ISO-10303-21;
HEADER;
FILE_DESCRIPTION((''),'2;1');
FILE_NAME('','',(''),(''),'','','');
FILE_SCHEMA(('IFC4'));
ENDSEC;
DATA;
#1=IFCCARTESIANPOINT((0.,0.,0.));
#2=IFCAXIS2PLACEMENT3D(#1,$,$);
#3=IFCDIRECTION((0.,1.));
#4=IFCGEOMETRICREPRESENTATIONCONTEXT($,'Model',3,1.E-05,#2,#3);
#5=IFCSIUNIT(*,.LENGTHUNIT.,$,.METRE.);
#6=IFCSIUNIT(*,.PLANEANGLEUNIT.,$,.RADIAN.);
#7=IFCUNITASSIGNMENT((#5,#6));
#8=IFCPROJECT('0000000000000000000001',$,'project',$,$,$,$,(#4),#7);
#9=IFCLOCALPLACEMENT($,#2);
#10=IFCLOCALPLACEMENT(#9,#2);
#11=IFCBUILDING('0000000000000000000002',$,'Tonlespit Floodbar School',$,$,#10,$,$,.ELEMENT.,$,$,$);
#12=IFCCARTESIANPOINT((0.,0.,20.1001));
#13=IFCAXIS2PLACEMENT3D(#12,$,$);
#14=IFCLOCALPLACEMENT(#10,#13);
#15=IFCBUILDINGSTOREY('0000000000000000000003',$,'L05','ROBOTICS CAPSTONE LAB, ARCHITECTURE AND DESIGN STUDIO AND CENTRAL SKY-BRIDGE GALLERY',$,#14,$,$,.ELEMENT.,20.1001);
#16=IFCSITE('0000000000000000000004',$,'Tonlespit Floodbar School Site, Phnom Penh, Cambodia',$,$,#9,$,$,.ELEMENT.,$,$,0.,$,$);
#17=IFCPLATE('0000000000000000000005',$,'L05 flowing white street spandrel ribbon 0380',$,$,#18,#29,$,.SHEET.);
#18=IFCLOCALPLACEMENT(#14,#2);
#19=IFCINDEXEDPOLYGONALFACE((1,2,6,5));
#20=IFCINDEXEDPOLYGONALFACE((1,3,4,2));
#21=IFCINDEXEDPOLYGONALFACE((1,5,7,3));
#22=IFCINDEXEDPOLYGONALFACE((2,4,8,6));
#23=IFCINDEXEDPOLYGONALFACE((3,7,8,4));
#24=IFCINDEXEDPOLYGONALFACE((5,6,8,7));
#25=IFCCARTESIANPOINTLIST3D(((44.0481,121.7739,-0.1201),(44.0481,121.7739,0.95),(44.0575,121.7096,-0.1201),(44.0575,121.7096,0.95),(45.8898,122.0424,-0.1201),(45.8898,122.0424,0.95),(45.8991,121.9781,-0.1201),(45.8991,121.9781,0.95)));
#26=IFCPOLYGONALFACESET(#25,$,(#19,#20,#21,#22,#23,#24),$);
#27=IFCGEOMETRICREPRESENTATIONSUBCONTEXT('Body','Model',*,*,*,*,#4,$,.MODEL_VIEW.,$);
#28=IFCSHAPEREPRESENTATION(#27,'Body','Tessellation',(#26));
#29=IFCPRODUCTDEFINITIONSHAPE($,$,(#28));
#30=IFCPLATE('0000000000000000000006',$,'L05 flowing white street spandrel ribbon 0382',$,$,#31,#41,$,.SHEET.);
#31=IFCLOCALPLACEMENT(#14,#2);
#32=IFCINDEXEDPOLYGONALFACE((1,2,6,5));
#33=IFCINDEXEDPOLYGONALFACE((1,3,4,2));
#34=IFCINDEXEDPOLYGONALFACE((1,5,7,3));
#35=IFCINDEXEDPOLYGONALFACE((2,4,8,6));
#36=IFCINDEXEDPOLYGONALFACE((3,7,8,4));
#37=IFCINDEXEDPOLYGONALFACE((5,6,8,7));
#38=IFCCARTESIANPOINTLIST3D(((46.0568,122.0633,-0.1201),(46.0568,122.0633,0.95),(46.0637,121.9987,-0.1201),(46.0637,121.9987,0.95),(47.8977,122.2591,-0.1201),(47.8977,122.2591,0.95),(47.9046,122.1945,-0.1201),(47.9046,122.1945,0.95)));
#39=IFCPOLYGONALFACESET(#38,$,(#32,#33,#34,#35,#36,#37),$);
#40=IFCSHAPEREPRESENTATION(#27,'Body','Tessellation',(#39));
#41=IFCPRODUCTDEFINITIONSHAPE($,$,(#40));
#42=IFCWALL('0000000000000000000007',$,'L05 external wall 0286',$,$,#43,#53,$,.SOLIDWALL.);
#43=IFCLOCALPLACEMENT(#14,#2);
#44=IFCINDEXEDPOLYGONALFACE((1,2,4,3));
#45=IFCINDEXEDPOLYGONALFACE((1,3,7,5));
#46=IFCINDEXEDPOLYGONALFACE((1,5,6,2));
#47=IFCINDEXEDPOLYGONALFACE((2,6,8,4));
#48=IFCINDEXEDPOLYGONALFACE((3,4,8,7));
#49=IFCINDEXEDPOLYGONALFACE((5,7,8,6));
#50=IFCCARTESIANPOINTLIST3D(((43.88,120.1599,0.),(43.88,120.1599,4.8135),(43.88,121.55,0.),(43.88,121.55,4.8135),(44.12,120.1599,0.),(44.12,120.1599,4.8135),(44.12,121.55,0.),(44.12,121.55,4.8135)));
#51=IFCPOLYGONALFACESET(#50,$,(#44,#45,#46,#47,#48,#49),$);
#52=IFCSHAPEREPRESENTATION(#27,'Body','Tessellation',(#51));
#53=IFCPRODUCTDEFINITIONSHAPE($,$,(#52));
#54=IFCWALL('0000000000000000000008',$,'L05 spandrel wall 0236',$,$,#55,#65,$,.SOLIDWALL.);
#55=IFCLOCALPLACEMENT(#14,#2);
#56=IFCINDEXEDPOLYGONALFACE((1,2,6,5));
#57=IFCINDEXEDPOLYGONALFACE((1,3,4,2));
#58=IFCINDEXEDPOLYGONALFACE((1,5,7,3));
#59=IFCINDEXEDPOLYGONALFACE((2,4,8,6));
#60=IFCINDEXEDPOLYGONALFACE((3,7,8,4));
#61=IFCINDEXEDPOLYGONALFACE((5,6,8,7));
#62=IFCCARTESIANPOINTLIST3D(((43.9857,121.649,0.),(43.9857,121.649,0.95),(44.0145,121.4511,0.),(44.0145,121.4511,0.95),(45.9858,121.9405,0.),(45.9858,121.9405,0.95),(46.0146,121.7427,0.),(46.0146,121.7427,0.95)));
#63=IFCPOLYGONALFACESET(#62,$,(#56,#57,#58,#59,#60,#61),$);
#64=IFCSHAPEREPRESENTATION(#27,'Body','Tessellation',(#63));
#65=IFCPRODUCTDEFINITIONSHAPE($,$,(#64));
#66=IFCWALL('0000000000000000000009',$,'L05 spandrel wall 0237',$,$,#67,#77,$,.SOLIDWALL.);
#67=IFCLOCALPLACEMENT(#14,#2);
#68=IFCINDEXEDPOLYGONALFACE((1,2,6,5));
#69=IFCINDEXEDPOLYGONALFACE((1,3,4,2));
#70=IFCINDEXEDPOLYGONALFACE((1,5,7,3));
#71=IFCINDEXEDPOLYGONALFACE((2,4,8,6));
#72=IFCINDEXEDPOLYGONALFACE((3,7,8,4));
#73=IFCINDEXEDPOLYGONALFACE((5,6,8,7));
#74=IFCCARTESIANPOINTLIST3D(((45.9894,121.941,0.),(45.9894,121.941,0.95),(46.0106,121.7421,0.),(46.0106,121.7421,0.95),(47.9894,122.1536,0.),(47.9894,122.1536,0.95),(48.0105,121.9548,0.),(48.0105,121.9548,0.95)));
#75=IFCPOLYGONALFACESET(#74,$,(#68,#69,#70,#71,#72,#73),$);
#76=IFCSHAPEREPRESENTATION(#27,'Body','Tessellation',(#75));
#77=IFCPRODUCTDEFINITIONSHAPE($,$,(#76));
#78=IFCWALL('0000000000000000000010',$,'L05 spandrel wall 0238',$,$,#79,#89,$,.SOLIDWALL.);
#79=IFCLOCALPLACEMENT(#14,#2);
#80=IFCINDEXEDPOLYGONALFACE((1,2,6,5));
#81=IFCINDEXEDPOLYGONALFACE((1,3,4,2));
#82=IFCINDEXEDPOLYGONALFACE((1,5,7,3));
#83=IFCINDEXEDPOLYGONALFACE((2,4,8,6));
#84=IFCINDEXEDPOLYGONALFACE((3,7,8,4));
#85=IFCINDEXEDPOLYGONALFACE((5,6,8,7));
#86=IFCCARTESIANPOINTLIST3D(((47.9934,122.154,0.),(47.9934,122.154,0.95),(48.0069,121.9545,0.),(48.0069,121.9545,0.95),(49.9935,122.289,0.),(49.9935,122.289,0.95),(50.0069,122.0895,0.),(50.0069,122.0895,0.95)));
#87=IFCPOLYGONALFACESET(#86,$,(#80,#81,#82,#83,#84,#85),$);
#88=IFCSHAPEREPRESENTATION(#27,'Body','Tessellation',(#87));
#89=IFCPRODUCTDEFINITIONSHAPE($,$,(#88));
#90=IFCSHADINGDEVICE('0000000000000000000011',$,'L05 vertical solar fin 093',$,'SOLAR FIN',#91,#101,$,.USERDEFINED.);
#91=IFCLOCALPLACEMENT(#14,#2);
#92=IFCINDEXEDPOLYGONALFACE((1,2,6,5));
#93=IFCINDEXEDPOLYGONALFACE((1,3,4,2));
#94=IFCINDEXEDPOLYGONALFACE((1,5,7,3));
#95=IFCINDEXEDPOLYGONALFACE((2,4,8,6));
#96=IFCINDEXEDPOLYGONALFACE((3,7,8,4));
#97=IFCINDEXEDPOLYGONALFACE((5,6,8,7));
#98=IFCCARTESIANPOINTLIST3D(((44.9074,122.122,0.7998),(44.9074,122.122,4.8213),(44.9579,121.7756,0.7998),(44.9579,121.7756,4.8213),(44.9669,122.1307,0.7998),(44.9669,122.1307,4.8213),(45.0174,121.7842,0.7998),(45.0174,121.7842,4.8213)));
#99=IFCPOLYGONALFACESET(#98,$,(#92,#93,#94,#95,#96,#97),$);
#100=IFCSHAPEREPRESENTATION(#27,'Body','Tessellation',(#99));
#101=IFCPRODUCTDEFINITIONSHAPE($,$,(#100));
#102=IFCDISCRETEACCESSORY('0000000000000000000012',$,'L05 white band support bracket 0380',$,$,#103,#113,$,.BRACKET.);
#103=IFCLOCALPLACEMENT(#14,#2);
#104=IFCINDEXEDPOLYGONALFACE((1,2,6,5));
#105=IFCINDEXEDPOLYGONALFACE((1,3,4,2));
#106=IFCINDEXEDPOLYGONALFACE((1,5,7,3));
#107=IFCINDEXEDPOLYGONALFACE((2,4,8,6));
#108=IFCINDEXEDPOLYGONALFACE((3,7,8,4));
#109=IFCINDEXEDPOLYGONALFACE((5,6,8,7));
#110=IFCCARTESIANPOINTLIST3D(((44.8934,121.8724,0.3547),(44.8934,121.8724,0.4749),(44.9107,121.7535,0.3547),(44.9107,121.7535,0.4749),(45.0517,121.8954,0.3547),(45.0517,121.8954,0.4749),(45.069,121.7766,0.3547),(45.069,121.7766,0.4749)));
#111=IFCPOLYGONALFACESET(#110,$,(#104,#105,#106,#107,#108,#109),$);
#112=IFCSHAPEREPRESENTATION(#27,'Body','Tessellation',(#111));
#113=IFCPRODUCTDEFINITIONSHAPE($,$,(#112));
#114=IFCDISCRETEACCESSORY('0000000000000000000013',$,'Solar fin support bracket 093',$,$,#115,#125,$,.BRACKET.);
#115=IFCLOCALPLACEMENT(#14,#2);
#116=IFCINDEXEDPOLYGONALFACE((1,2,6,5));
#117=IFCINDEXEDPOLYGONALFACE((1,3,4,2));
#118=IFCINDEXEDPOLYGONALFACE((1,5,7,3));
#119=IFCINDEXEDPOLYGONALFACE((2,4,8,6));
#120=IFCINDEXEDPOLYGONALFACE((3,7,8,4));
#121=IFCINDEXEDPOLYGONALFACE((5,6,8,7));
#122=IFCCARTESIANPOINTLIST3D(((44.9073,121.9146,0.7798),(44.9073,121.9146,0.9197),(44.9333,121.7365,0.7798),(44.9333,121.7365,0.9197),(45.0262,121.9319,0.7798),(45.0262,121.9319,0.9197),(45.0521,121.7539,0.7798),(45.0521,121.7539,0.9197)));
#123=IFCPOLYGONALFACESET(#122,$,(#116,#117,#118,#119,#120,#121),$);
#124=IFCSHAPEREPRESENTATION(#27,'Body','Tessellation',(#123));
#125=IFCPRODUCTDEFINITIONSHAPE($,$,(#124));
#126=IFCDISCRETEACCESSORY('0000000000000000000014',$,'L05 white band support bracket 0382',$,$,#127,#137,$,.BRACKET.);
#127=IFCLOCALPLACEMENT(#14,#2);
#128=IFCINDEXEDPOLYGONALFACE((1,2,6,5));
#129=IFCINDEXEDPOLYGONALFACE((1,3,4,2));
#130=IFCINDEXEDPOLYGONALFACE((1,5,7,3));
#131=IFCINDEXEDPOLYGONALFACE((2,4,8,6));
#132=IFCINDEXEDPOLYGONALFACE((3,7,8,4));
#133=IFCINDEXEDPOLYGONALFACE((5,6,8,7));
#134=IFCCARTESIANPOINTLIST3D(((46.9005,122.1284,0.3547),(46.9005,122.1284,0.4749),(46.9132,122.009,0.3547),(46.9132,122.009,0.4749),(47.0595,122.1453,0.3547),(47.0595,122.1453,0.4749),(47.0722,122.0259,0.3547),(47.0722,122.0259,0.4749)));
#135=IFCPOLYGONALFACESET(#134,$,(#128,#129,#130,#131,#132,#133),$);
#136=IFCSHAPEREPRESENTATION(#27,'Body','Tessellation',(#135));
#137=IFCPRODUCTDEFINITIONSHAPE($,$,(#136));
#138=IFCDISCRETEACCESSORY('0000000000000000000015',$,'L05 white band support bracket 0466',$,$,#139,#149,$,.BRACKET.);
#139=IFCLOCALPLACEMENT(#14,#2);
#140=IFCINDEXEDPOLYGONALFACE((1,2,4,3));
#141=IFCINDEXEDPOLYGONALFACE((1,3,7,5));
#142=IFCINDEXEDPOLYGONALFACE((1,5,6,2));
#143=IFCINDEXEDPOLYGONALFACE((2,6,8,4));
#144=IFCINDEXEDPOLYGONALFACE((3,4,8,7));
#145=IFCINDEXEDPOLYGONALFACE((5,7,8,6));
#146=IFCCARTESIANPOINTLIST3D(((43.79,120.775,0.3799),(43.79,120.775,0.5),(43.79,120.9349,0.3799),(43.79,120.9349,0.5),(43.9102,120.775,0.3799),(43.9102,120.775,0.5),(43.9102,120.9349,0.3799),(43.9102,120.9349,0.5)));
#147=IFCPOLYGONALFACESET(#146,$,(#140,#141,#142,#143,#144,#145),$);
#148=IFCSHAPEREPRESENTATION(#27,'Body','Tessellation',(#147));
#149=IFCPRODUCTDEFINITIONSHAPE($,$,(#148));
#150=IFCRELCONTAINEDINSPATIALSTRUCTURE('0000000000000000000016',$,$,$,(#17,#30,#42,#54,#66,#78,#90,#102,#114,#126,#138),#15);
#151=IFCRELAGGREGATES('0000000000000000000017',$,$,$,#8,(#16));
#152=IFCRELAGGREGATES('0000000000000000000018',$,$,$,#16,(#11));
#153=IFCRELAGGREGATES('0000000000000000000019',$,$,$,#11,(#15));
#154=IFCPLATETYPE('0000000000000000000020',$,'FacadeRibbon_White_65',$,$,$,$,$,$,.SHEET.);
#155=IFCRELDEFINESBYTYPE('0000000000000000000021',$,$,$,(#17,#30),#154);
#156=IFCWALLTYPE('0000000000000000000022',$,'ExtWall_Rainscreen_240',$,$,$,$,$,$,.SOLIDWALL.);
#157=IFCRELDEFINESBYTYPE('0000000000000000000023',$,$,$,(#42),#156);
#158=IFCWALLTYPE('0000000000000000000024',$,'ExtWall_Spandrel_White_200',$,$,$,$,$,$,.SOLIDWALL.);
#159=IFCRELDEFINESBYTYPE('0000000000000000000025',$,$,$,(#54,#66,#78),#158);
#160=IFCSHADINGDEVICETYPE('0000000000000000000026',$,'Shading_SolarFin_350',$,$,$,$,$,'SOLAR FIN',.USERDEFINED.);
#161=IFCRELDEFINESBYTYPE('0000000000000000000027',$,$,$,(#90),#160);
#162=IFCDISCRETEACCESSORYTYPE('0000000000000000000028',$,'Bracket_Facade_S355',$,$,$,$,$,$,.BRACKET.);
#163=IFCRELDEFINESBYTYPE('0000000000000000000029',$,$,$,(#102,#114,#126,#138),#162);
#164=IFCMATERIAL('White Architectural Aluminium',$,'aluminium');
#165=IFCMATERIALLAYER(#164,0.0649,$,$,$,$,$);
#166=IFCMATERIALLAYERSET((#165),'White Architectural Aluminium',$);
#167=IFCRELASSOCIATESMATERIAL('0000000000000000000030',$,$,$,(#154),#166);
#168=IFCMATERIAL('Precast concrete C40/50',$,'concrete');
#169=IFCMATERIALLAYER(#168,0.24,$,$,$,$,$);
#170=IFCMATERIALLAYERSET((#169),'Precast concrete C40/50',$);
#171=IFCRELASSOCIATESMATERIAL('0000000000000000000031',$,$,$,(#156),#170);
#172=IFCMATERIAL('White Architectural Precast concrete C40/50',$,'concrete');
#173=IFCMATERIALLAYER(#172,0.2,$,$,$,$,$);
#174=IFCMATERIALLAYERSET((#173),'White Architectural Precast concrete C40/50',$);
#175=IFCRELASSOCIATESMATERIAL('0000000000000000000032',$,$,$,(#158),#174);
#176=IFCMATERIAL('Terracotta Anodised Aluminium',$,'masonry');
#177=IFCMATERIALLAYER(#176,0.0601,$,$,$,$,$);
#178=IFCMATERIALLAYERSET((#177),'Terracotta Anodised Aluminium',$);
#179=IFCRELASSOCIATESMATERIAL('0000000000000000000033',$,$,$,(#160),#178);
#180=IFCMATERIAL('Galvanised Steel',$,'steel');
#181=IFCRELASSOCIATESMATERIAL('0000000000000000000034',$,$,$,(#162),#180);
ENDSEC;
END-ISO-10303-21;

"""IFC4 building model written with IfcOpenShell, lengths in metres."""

from ifc_helpers import new_model, si_unit, direction, frame, frame_2d, origin, origin_2d, place, context, subcontext, project, spatial, rectangle, extrude, material, layer, layer_set, type_object, element, save


model = new_model("IFC4")

# Units and contexts
model_context = context("Model", 3, precision=1e-05, world=origin(), true_north=direction((0.0, 1.0)))
body_context = subcontext(model_context, "Body", "Model", "MODEL_VIEW")
ifc_project = project(units=[si_unit("LENGTHUNIT", "METRE"), si_unit("PLANEANGLEUNIT", "RADIAN")], contexts=[model_context])

# Site, building, storey
site_placement = place(None, origin())
site = spatial("IfcSite", under=ifc_project, at=site_placement, Name="Tonlespit Floodbar School Site, Phnom Penh, Cambodia", CompositionType="ELEMENT", RefElevation=0.0)
building_placement = place(site_placement, origin())
building = spatial("IfcBuilding", under=site, at=building_placement, Name="Tonlespit Floodbar School", CompositionType="ELEMENT")
storey_placement = place(building_placement, frame((0.0, 0.0, 20.1001)))
storey = spatial("IfcBuildingStorey", under=building, at=storey_placement, Name="L05", Description="ROBOTICS CAPSTONE LAB, ARCHITECTURE AND DESIGN STUDIO AND CENTRAL SKY-BRIDGE GALLERY", CompositionType="ELEMENT", Elevation=20.1001)

# Plates
ifc_material_1 = material(Name="White Architectural Aluminium", Category="aluminium")
ifc_layer_1 = layer(ifc_material_1, 0.0649)
ifc_layer_set_1 = layer_set([ifc_layer_1], Name="White Architectural Aluminium")
plate_type_1 = type_object("IfcPlateType", Name="FacadeRibbon_White_65", PredefinedType="SHEET", material=ifc_layer_set_1)
plate_1_placement = place(storey_placement, frame((44.9736, 121.876, -0.1201), z_axis=(0.0, 0.0, 1.0), x_axis=(0.989538, 0.144275, 0.0)))
element("IfcPlate", 1, at=plate_1_placement, inside=storey, type_object=plate_type_1, Name="L05 flowing white street spandrel ribbon 0380", PredefinedType="SHEET", context=body_context, shape_type="SweptSolid", body=[
    extrude(rectangle(XDim=1.8611, YDim=0.0649, at=origin_2d()), origin(), (0.0, 0.0, 1.0), 1.0701),
])
plate_2_placement = place(storey_placement, frame((46.9807, 122.1289, -0.1201), z_axis=(0.0, 0.0, 1.0), x_axis=(0.994392, 0.105754, 0.0)))
element("IfcPlate", 2, at=plate_2_placement, inside=storey, type_object=plate_type_1, Name="L05 flowing white street spandrel ribbon 0382", PredefinedType="SHEET", context=body_context, shape_type="SweptSolid", body=[
    extrude(rectangle(XDim=1.8513, YDim=0.0649, at=origin_2d()), origin(), (0.0, 0.0, 1.0), 1.0701),
])

# Walls
ifc_material_2 = material(Name="Precast concrete C40/50", Category="concrete")
ifc_layer_2 = layer(ifc_material_2, 0.24)
ifc_layer_set_2 = layer_set([ifc_layer_2], Name="Precast concrete C40/50")
wall_type_1 = type_object("IfcWallType", Name="ExtWall_Rainscreen_240", PredefinedType="SOLIDWALL", material=ifc_layer_set_2)
wall_1_placement = place(storey_placement, frame((44.0, 120.1599, 0.0), z_axis=(0.0, 0.0, 1.0), x_axis=(0.0, 1.0, 0.0)))
element("IfcWall", 3, at=wall_1_placement, inside=storey, type_object=wall_type_1, Name="L05 external wall 0286", PredefinedType="SOLIDWALL", context=body_context, shape_type="SweptSolid", body=[
    extrude(rectangle(XDim=1.3901, YDim=0.24, at=frame_2d((0.6951, 0.0))), origin(), (0.0, 0.0, 1.0), 4.8135),
])
ifc_material_3 = material(Name="White Architectural Precast concrete C40/50", Category="concrete")
ifc_layer_3 = layer(ifc_material_3, 0.2)
ifc_layer_set_3 = layer_set([ifc_layer_3], Name="White Architectural Precast concrete C40/50")
wall_type_2 = type_object("IfcWallType", Name="ExtWall_Spandrel_White_200", PredefinedType="SOLIDWALL", material=ifc_layer_set_3)
wall_2_placement = place(storey_placement, frame((44.0, 121.55, 0.0), z_axis=(0.0, 0.0, 1.0), x_axis=(0.989544, 0.144228, 0.0)))
element("IfcWall", 4, at=wall_2_placement, inside=storey, type_object=wall_type_2, Name="L05 spandrel wall 0236", PredefinedType="SOLIDWALL", context=body_context, shape_type="SweptSolid", body=[
    extrude(rectangle(XDim=2.0212, YDim=0.2, at=frame_2d((1.0107, 0.0))), origin(), (0.0, 0.0, 1.0), 0.95),
])
wall_3_placement = place(storey_placement, frame((46.0, 121.8416, 0.0), z_axis=(0.0, 0.0, 1.0), x_axis=(0.994395, 0.105727, 0.0)))
element("IfcWall", 5, at=wall_3_placement, inside=storey, type_object=wall_type_2, Name="L05 spandrel wall 0237", PredefinedType="SOLIDWALL", context=body_context, shape_type="SweptSolid", body=[
    extrude(rectangle(XDim=2.0112, YDim=0.2, at=frame_2d((1.0056, 0.0))), origin(), (0.0, 0.0, 1.0), 0.95),
])
wall_4_placement = place(storey_placement, frame((48.0, 122.0542, 0.0), z_axis=(0.0, 0.0, 1.0), x_axis=(0.997729, 0.067352, 0.0)))
element("IfcWall", 6, at=wall_4_placement, inside=storey, type_object=wall_type_2, Name="L05 spandrel wall 0238", PredefinedType="SOLIDWALL", context=body_context, shape_type="SweptSolid", body=[
    extrude(rectangle(XDim=2.0046, YDim=0.2, at=frame_2d((1.0024, 0.0))), origin(), (0.0, 0.0, 1.0), 0.95),
])

# Shading device
ifc_material_4 = material(Name="Terracotta Anodised Aluminium", Category="masonry")
ifc_layer_4 = layer(ifc_material_4, 0.0601)
ifc_layer_set_4 = layer_set([ifc_layer_4], Name="Terracotta Anodised Aluminium")
shading_device_type = type_object("IfcShadingDeviceType", Name="Shading_SolarFin_350", ElementType="SOLAR FIN", PredefinedType="USERDEFINED", material=ifc_layer_set_4)
shading_device_placement = place(storey_placement, frame((44.9624, 121.9531, 0.7998), z_axis=(0.0, 0.0, 1.0), x_axis=(0.989538, 0.144275, 0.0)))
element("IfcShadingDevice", 7, at=shading_device_placement, inside=storey, type_object=shading_device_type, Name="L05 vertical solar fin 093", ObjectType="SOLAR FIN", PredefinedType="USERDEFINED", context=body_context, shape_type="SweptSolid", body=[
    extrude(rectangle(XDim=0.0601, YDim=0.3501, at=origin_2d()), origin(), (0.0, 0.0, 1.0), 4.0215),
])

# Discrete accessories
ifc_material_5 = material(Name="Galvanised Steel", Category="steel")
discrete_accessory_type = type_object("IfcDiscreteAccessoryType", Name="Bracket_Facade_S355", PredefinedType="BRACKET", material=ifc_material_5)
discrete_accessory_1_placement = place(storey_placement, frame((44.9812, 121.8245, 0.3547), z_axis=(0.0, 0.0, 1.0), x_axis=(0.989538, 0.144275, 0.0)))
element("IfcDiscreteAccessory", 8, at=discrete_accessory_1_placement, inside=storey, type_object=discrete_accessory_type, Name="L05 white band support bracket 0380", PredefinedType="BRACKET", context=body_context, shape_type="SweptSolid", body=[
    extrude(rectangle(XDim=0.1599, YDim=0.1201, at=origin_2d()), origin(), (0.0, 0.0, 1.0), 0.1201),
])
discrete_accessory_2_placement = place(storey_placement, frame((44.9797, 121.8342, 0.7798), z_axis=(0.0, 0.0, 1.0), x_axis=(0.989538, 0.144275, 0.0)))
element("IfcDiscreteAccessory", 9, at=discrete_accessory_2_placement, inside=storey, type_object=discrete_accessory_type, Name="Solar fin support bracket 093", PredefinedType="BRACKET", context=body_context, shape_type="SweptSolid", body=[
    extrude(rectangle(XDim=0.1201, YDim=0.1799, at=origin_2d()), origin(), (0.0, 0.0, 1.0), 0.1399),
])
for number, where, z_axis, x_axis, name in (
    (10, (46.9863, 122.0771, 0.3547), (0.0, 0.0, 1.0), (0.994392, 0.105754, 0.0), "L05 white band support bracket 0382"),
    (11, (43.8501, 120.855, 0.3799), (0.0, 0.0, 1.0), (0.0, 1.0, 0.0), "L05 white band support bracket 0466"),
):
    element("IfcDiscreteAccessory", number, at=place(storey_placement, frame(where, z_axis=z_axis, x_axis=x_axis)), inside=storey, type_object=discrete_accessory_type, Name=name, PredefinedType="BRACKET", context=body_context, shape_type="SweptSolid", body=[
        extrude(rectangle(XDim=0.1599, YDim=0.1201, at=origin_2d()), origin(), (0.0, 0.0, 1.0), 0.1201),
    ])

save(model, "model.ifc")
